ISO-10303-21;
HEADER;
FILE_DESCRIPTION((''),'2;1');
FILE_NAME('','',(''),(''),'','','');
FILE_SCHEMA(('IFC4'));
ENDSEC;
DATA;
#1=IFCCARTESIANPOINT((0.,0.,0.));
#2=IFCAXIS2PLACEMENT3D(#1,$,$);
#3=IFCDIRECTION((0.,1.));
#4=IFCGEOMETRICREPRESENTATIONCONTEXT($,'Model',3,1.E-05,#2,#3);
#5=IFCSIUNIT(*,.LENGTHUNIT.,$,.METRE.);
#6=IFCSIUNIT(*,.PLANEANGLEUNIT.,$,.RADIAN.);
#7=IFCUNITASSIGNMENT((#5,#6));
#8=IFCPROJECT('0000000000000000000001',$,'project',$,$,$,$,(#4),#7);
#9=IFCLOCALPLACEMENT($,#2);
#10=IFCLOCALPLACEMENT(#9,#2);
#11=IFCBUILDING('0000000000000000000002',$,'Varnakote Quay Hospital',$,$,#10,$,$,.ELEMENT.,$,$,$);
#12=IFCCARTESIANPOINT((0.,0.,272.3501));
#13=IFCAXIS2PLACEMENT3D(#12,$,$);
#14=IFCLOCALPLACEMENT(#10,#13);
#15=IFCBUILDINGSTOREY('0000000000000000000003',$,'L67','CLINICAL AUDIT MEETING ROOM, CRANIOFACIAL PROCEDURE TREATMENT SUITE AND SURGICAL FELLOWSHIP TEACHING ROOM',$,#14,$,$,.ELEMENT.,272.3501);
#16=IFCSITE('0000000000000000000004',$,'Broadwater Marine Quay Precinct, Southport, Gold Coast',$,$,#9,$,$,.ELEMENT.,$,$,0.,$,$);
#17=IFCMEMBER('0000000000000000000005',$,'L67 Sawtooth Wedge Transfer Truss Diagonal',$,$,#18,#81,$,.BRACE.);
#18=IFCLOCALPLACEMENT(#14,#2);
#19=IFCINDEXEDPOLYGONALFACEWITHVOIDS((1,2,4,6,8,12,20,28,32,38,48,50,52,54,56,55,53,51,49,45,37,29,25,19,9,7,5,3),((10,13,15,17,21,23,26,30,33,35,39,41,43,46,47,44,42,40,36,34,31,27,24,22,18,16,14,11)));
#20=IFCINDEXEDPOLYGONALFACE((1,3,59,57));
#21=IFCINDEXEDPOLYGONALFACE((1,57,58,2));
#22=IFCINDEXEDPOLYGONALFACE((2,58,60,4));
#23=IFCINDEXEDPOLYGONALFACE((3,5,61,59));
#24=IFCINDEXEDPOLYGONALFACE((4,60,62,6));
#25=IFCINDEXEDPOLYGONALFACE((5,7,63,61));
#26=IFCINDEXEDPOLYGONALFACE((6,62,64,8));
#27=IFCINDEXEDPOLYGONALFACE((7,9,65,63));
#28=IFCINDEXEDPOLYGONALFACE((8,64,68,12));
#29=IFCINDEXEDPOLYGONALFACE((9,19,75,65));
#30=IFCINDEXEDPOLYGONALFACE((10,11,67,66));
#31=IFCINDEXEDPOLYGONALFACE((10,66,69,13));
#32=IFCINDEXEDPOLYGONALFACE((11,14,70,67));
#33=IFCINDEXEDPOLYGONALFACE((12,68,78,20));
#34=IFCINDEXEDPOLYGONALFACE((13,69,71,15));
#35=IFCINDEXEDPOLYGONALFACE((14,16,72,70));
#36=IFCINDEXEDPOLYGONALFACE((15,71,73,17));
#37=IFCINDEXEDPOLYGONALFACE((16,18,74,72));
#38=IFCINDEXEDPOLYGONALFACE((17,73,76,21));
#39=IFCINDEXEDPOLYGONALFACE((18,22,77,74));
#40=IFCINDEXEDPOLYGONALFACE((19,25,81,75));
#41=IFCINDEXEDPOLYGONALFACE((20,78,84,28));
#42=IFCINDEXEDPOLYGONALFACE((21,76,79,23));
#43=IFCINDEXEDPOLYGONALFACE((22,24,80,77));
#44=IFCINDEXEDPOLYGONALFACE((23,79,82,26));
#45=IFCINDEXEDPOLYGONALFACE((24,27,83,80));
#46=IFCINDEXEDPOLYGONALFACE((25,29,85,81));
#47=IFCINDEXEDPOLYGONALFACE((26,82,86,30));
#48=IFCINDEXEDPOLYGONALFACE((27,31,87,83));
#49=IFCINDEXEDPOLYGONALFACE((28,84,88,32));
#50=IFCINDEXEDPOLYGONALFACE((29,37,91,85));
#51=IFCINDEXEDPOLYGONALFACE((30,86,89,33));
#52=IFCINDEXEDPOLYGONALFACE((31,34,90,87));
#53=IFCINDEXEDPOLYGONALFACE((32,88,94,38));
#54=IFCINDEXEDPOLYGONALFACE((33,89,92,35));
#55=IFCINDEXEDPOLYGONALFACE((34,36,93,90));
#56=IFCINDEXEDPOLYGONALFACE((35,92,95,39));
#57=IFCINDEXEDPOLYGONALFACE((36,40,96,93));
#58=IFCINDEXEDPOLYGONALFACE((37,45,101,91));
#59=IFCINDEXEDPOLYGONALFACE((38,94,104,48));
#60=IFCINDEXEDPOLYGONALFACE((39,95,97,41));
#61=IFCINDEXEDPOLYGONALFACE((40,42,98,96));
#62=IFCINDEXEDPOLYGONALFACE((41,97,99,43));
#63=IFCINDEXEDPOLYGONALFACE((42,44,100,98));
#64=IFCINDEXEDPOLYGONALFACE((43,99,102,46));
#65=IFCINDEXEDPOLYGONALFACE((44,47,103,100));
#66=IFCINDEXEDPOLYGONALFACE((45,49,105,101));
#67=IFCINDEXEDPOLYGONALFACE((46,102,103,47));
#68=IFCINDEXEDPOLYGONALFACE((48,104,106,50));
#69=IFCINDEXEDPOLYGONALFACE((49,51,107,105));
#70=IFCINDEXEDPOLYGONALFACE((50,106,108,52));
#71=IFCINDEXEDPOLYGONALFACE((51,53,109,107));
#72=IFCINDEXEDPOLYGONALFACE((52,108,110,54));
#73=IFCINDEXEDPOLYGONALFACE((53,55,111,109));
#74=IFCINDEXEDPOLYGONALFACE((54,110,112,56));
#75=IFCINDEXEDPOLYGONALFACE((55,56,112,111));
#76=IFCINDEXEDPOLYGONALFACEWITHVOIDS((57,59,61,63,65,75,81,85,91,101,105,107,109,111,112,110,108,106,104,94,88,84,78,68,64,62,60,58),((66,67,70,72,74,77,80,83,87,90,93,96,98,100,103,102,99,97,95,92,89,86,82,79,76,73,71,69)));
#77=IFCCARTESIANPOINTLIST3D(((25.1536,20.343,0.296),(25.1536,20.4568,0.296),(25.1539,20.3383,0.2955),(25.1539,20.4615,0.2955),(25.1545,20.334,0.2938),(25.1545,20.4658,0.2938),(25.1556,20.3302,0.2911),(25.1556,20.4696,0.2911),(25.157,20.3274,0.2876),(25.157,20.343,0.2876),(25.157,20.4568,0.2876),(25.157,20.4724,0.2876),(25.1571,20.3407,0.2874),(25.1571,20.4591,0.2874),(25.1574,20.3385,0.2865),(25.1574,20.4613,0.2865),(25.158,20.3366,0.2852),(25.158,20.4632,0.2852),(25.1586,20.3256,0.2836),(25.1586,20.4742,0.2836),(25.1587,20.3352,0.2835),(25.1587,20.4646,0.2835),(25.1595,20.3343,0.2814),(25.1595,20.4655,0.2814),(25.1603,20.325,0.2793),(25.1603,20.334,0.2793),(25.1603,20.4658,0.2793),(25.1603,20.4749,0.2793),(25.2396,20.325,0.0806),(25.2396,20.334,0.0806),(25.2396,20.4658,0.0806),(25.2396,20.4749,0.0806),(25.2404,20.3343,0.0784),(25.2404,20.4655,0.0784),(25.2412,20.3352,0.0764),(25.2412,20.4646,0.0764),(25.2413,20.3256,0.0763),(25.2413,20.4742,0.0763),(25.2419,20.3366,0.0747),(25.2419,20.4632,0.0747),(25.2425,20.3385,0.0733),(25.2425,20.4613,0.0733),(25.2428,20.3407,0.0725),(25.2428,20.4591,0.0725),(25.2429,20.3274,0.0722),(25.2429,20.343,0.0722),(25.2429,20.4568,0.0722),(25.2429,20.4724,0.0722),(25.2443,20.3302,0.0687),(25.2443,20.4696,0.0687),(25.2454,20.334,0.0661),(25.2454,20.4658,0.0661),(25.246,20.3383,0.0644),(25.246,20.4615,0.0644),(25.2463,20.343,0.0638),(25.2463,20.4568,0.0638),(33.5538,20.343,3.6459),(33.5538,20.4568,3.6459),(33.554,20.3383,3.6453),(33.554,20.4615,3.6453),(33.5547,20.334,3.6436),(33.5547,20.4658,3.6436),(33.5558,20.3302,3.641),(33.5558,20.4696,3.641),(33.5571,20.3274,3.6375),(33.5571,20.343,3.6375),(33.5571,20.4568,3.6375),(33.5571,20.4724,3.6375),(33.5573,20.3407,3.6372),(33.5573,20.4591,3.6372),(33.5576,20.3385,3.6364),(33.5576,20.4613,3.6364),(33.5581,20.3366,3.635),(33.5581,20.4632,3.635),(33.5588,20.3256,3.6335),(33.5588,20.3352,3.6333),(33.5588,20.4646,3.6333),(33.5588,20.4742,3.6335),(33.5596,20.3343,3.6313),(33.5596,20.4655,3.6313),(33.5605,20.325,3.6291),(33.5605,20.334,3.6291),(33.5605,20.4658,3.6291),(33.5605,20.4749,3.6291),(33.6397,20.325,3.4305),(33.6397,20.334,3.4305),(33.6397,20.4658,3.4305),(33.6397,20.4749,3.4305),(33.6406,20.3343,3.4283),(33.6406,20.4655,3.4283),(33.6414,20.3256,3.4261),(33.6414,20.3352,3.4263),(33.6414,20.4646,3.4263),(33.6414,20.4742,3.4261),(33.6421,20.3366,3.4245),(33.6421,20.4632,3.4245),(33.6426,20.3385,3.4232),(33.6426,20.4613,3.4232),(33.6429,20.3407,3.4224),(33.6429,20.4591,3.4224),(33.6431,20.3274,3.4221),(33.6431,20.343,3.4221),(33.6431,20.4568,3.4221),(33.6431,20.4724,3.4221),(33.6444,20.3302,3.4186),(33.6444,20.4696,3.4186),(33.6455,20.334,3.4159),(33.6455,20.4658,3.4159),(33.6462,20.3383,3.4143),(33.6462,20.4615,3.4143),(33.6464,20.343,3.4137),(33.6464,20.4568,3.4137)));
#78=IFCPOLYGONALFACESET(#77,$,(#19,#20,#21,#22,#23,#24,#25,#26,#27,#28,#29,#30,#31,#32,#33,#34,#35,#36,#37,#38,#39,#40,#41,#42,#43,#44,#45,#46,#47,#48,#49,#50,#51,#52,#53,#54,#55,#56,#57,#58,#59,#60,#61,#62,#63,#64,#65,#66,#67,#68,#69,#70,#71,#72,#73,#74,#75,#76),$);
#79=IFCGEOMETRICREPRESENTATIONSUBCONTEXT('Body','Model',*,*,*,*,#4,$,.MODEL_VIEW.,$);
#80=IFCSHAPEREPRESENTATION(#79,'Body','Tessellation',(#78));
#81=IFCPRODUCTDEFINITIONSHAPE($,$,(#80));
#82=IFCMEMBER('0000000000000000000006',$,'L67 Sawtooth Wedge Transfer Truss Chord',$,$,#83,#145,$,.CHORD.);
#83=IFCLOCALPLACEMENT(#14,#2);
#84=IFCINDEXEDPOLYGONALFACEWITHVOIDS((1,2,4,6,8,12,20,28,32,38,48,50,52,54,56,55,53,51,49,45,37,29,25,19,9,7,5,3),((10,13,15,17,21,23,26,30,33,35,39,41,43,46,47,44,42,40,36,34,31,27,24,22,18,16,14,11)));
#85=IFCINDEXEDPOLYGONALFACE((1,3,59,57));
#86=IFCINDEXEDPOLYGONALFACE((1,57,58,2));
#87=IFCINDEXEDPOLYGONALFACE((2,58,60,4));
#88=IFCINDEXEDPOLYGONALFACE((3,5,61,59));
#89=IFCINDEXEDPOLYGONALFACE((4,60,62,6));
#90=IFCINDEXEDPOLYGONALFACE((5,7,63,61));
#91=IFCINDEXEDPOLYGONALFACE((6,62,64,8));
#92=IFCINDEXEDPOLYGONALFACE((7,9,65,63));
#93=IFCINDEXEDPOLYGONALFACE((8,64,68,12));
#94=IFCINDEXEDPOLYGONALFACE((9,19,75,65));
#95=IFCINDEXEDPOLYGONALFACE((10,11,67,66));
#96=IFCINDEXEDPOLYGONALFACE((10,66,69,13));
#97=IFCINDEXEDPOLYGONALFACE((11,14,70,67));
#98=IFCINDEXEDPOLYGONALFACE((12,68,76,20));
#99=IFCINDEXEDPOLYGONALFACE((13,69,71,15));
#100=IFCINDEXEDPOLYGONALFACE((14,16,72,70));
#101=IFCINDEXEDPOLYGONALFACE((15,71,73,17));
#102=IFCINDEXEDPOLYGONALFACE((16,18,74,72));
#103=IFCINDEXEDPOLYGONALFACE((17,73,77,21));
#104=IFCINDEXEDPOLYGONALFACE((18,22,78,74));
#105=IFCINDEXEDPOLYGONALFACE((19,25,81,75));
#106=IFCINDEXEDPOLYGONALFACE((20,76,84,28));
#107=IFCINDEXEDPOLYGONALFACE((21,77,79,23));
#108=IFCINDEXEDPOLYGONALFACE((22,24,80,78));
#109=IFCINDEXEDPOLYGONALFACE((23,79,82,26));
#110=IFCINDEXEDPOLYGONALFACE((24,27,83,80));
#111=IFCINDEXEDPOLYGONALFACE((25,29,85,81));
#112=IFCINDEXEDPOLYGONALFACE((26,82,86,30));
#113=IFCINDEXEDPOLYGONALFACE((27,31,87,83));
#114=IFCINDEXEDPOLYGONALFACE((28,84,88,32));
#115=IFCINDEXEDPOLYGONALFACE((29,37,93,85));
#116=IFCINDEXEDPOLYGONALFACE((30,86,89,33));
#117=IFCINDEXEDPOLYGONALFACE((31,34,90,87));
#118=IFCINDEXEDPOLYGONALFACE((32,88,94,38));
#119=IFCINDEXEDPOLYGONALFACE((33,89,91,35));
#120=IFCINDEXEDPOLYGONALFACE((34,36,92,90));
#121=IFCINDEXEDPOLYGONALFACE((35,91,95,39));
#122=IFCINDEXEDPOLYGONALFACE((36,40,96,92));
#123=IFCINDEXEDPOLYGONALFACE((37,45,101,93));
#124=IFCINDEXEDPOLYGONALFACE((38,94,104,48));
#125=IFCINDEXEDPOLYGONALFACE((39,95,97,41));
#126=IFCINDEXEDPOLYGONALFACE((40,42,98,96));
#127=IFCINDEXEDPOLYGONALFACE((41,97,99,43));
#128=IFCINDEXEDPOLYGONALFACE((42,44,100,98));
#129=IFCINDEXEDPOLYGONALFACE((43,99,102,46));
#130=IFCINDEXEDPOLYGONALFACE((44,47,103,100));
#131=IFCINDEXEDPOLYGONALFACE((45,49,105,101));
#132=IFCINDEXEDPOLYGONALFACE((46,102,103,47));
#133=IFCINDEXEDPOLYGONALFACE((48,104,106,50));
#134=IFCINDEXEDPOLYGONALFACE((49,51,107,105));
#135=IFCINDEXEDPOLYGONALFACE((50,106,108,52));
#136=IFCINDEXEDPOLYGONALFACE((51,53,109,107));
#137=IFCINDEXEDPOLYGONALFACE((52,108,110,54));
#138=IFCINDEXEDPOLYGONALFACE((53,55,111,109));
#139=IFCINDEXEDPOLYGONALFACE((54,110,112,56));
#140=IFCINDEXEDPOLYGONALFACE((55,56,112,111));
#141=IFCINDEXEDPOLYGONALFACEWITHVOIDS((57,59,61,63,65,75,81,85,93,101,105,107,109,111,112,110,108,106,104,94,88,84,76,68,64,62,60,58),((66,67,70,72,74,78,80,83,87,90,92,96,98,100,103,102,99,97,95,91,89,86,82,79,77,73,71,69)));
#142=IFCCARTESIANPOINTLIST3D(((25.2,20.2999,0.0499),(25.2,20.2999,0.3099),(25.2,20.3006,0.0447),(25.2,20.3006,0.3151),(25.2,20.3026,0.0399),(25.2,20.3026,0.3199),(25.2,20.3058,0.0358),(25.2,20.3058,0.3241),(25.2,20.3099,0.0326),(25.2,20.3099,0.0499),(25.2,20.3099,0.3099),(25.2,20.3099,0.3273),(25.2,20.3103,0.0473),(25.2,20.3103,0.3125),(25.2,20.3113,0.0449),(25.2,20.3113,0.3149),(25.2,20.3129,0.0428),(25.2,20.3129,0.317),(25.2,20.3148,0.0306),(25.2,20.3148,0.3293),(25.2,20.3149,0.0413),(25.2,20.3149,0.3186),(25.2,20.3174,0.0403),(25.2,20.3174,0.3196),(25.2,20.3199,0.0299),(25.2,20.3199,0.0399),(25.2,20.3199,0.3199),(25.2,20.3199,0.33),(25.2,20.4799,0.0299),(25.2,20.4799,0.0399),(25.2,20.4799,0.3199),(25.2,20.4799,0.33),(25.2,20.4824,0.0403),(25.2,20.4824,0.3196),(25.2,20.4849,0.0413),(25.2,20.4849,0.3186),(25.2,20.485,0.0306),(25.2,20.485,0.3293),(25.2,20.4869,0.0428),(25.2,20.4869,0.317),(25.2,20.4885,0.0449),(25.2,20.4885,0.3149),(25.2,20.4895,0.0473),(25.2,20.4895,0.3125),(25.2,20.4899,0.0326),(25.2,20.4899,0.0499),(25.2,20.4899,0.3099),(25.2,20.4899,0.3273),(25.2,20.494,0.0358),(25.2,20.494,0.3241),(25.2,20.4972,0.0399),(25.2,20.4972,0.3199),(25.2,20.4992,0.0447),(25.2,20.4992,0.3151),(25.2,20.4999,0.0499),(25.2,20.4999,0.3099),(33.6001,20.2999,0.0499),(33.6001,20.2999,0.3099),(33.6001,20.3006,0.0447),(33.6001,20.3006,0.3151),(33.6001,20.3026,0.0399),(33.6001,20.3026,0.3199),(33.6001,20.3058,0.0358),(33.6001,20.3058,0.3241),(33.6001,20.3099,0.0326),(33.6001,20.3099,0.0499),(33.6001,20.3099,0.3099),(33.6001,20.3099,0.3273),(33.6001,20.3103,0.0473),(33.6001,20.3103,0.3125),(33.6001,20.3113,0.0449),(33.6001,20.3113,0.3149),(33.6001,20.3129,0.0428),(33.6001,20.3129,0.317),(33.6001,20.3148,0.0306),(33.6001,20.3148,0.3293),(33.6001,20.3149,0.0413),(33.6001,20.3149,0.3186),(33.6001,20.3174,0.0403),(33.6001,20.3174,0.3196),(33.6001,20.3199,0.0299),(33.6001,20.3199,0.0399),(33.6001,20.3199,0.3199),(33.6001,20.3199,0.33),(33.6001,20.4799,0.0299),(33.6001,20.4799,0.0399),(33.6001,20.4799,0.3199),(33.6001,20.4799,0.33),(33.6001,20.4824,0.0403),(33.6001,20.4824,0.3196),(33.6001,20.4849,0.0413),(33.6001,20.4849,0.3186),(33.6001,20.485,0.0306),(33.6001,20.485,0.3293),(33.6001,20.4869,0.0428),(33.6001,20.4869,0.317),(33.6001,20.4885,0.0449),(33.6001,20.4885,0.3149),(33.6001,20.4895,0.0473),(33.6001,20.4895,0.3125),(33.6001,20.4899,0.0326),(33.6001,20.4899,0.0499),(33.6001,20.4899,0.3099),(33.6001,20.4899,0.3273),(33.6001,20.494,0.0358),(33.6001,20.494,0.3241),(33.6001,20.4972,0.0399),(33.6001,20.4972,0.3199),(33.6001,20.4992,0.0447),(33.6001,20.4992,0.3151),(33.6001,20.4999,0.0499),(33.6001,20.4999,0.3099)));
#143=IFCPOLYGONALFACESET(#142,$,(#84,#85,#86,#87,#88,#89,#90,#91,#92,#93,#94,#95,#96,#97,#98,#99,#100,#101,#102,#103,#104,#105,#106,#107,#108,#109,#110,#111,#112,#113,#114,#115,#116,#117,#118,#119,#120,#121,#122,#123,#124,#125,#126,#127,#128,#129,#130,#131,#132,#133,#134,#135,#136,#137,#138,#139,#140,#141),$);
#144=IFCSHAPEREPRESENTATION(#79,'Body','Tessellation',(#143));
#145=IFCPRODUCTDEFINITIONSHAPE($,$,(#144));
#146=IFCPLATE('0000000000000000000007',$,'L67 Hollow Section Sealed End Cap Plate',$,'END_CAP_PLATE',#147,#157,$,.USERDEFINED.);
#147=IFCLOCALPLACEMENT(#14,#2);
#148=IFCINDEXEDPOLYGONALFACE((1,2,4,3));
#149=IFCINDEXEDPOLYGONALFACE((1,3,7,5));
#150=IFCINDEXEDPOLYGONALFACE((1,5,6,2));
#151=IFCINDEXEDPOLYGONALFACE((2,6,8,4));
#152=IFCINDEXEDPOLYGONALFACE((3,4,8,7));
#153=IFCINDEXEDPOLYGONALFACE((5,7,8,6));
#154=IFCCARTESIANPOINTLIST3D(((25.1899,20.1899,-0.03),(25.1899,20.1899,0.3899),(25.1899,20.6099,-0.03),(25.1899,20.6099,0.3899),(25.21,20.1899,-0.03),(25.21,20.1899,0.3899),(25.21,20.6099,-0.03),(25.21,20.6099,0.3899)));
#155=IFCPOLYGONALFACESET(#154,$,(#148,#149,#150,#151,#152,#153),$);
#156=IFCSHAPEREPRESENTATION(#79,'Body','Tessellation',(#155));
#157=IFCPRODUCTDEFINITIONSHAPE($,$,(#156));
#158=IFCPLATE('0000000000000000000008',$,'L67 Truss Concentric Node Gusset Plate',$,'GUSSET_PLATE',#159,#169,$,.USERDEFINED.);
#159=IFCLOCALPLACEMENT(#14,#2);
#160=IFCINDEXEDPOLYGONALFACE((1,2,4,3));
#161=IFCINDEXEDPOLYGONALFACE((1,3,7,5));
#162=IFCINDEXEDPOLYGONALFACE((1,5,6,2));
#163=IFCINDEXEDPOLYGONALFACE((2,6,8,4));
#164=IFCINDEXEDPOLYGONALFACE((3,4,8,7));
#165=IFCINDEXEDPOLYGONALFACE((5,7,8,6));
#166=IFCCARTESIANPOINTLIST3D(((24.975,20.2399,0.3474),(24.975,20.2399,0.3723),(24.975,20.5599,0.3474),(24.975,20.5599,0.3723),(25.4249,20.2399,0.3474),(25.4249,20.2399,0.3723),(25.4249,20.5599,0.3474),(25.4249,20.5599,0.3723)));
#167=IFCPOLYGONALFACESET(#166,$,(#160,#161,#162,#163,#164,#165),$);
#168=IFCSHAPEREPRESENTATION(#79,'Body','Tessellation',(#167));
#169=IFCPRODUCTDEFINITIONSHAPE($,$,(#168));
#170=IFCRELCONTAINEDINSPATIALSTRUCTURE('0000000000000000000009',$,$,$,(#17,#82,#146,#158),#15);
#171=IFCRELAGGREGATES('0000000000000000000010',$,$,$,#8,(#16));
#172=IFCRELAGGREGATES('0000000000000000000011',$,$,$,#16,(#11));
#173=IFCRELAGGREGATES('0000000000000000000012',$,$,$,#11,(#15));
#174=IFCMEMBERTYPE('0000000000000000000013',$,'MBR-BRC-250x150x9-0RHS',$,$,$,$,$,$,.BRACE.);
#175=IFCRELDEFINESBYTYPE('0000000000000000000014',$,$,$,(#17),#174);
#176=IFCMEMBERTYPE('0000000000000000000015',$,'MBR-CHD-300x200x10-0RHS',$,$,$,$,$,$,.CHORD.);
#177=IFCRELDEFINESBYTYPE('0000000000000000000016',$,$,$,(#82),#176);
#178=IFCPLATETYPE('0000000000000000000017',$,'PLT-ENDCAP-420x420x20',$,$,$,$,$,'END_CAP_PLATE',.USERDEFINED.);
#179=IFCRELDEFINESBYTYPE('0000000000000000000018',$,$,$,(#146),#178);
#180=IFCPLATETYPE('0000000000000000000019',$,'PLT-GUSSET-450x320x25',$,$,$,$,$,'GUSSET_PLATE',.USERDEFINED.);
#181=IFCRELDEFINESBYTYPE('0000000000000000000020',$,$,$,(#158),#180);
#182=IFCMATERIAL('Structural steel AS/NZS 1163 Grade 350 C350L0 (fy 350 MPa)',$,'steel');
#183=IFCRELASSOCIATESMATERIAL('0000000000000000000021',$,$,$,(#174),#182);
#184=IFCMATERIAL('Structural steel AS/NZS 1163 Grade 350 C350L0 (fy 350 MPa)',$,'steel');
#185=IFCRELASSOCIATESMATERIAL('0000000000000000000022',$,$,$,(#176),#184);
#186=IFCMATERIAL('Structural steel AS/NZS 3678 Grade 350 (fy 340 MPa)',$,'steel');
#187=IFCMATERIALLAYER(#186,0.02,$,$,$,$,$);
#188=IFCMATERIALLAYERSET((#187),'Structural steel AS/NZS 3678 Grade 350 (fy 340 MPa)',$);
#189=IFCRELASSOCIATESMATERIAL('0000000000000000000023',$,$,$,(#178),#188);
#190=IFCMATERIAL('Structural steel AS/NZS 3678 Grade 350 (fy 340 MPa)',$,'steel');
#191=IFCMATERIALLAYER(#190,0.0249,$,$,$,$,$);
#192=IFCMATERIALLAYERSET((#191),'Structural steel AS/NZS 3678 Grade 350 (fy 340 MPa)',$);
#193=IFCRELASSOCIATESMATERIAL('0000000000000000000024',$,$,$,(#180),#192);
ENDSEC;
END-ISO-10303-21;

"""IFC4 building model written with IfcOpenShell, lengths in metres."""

from ifc_helpers import new_model, si_unit, direction, frame, origin, origin_2d, place, context, subcontext, project, spatial, rectangle, hollow_rectangle, extrude, material, layer, layer_set, material_profile, profile_set, type_object, element, save


model = new_model("IFC4")

# Units and contexts
model_context = context("Model", 3, precision=1e-05, world=origin(), true_north=direction((0.0, 1.0)))
body_context = subcontext(model_context, "Body", "Model", "MODEL_VIEW")
ifc_project = project(units=[si_unit("LENGTHUNIT", "METRE"), si_unit("PLANEANGLEUNIT", "RADIAN")], contexts=[model_context])

# Site, building, storey
site_placement = place(None, origin())
site = spatial("IfcSite", under=ifc_project, at=site_placement, Name="Broadwater Marine Quay Precinct, Southport, Gold Coast", CompositionType="ELEMENT", RefElevation=0.0)
building_placement = place(site_placement, origin())
building = spatial("IfcBuilding", under=site, at=building_placement, Name="Varnakote Quay Hospital", CompositionType="ELEMENT")
storey_placement = place(building_placement, frame((0.0, 0.0, 272.3501)))
storey = spatial("IfcBuildingStorey", under=building, at=storey_placement, Name="L67", Description="CLINICAL AUDIT MEETING ROOM, CRANIOFACIAL PROCEDURE TREATMENT SUITE AND SURGICAL FELLOWSHIP TEACHING ROOM", CompositionType="ELEMENT", Elevation=272.3501)

# Members
ifc_material_1 = material(Name="Structural steel AS/NZS 1163 Grade 350 C350L0 (fy 350 MPa)", Category="steel")
ifc_material_profile_1 = material_profile(ifc_material_1, hollow_rectangle(XDim=0.1499, YDim=0.25, WallThickness=0.009, InnerFilletRadius=0.009, OuterFilletRadius=0.0181, at=origin_2d()), Name="250x150x9.0RHS")
ifc_profile_set_1 = profile_set([ifc_material_profile_1], Name="Structural steel AS/NZS 1163 Grade 350 C350L0 (fy 350 MPa)")
member_type_1 = type_object("IfcMemberType", Name="MBR-BRC-250x150x9-0RHS", PredefinedType="BRACE", material=ifc_profile_set_1)
member_1_placement = place(storey_placement, frame((25.2, 20.3999, 0.1799), z_axis=(0.928865, 0.0, 0.370418), x_axis=(0.0, 1.0, 0.0)))
element("IfcMember", 1, at=member_1_placement, inside=storey, type_object=member_type_1, Name="L67 Sawtooth Wedge Transfer Truss Diagonal", PredefinedType="BRACE", context=body_context, shape_type="SweptSolid", body=[
    extrude(hollow_rectangle(XDim=0.1499, YDim=0.25, WallThickness=0.009, InnerFilletRadius=0.009, OuterFilletRadius=0.0181, at=origin_2d()), origin(), (0.0, 0.0, 1.0), 9.0435),
])
ifc_material_2 = material(Name="Structural steel AS/NZS 1163 Grade 350 C350L0 (fy 350 MPa)", Category="steel")
ifc_material_profile_2 = material_profile(ifc_material_2, hollow_rectangle(XDim=0.2, YDim=0.3, WallThickness=0.01, InnerFilletRadius=0.01, OuterFilletRadius=0.02, at=origin_2d()), Name="300x200x10.0RHS")
ifc_profile_set_2 = profile_set([ifc_material_profile_2], Name="Structural steel AS/NZS 1163 Grade 350 C350L0 (fy 350 MPa)")
member_type_2 = type_object("IfcMemberType", Name="MBR-CHD-300x200x10-0RHS", PredefinedType="CHORD", material=ifc_profile_set_2)
member_2_placement = place(storey_placement, frame((25.2, 20.3999, 0.1799), z_axis=(1.0, 0.0, 0.0), x_axis=(0.0, 1.0, 0.0)))
element("IfcMember", 2, at=member_2_placement, inside=storey, type_object=member_type_2, Name="L67 Sawtooth Wedge Transfer Truss Chord", PredefinedType="CHORD", context=body_context, shape_type="SweptSolid", body=[
    extrude(hollow_rectangle(XDim=0.2, YDim=0.3, WallThickness=0.01, InnerFilletRadius=0.01, OuterFilletRadius=0.02, at=origin_2d()), origin(), (0.0, 0.0, 1.0), 8.4001),
])

# Plates
ifc_material_3 = material(Name="Structural steel AS/NZS 3678 Grade 350 (fy 340 MPa)", Category="steel")
ifc_layer_1 = layer(ifc_material_3, 0.02)
ifc_layer_set_1 = layer_set([ifc_layer_1], Name="Structural steel AS/NZS 3678 Grade 350 (fy 340 MPa)")
plate_type_1 = type_object("IfcPlateType", Name="PLT-ENDCAP-420x420x20", ElementType="END_CAP_PLATE", PredefinedType="USERDEFINED", material=ifc_layer_set_1)
plate_1_placement = place(storey_placement, frame((25.2, 20.3999, -0.03), z_axis=(0.0, 0.0, 1.0), x_axis=(1.0, 0.0, 0.0)))
element("IfcPlate", 3, at=plate_1_placement, inside=storey, type_object=plate_type_1, Name="L67 Hollow Section Sealed End Cap Plate", ObjectType="END_CAP_PLATE", PredefinedType="USERDEFINED", context=body_context, shape_type="SweptSolid", body=[
    extrude(rectangle(XDim=0.02, YDim=0.4199, at=origin_2d()), origin(), (0.0, 0.0, 1.0), 0.4199),
])
ifc_material_4 = material(Name="Structural steel AS/NZS 3678 Grade 350 (fy 340 MPa)", Category="steel")
ifc_layer_2 = layer(ifc_material_4, 0.0249)
ifc_layer_set_2 = layer_set([ifc_layer_2], Name="Structural steel AS/NZS 3678 Grade 350 (fy 340 MPa)")
plate_type_2 = type_object("IfcPlateType", Name="PLT-GUSSET-450x320x25", ElementType="GUSSET_PLATE", PredefinedType="USERDEFINED", material=ifc_layer_set_2)
plate_2_placement = place(storey_placement, frame((25.2, 20.3999, 0.3474), z_axis=(0.0, 0.0, 1.0), x_axis=(1.0, 0.0, 0.0)))
element("IfcPlate", 4, at=plate_2_placement, inside=storey, type_object=plate_type_2, Name="L67 Truss Concentric Node Gusset Plate", ObjectType="GUSSET_PLATE", PredefinedType="USERDEFINED", context=body_context, shape_type="SweptSolid", body=[
    extrude(rectangle(XDim=0.45, YDim=0.3201, at=origin_2d()), origin(), (0.0, 0.0, 1.0), 0.0249),
])

save(model, "model.ifc")
